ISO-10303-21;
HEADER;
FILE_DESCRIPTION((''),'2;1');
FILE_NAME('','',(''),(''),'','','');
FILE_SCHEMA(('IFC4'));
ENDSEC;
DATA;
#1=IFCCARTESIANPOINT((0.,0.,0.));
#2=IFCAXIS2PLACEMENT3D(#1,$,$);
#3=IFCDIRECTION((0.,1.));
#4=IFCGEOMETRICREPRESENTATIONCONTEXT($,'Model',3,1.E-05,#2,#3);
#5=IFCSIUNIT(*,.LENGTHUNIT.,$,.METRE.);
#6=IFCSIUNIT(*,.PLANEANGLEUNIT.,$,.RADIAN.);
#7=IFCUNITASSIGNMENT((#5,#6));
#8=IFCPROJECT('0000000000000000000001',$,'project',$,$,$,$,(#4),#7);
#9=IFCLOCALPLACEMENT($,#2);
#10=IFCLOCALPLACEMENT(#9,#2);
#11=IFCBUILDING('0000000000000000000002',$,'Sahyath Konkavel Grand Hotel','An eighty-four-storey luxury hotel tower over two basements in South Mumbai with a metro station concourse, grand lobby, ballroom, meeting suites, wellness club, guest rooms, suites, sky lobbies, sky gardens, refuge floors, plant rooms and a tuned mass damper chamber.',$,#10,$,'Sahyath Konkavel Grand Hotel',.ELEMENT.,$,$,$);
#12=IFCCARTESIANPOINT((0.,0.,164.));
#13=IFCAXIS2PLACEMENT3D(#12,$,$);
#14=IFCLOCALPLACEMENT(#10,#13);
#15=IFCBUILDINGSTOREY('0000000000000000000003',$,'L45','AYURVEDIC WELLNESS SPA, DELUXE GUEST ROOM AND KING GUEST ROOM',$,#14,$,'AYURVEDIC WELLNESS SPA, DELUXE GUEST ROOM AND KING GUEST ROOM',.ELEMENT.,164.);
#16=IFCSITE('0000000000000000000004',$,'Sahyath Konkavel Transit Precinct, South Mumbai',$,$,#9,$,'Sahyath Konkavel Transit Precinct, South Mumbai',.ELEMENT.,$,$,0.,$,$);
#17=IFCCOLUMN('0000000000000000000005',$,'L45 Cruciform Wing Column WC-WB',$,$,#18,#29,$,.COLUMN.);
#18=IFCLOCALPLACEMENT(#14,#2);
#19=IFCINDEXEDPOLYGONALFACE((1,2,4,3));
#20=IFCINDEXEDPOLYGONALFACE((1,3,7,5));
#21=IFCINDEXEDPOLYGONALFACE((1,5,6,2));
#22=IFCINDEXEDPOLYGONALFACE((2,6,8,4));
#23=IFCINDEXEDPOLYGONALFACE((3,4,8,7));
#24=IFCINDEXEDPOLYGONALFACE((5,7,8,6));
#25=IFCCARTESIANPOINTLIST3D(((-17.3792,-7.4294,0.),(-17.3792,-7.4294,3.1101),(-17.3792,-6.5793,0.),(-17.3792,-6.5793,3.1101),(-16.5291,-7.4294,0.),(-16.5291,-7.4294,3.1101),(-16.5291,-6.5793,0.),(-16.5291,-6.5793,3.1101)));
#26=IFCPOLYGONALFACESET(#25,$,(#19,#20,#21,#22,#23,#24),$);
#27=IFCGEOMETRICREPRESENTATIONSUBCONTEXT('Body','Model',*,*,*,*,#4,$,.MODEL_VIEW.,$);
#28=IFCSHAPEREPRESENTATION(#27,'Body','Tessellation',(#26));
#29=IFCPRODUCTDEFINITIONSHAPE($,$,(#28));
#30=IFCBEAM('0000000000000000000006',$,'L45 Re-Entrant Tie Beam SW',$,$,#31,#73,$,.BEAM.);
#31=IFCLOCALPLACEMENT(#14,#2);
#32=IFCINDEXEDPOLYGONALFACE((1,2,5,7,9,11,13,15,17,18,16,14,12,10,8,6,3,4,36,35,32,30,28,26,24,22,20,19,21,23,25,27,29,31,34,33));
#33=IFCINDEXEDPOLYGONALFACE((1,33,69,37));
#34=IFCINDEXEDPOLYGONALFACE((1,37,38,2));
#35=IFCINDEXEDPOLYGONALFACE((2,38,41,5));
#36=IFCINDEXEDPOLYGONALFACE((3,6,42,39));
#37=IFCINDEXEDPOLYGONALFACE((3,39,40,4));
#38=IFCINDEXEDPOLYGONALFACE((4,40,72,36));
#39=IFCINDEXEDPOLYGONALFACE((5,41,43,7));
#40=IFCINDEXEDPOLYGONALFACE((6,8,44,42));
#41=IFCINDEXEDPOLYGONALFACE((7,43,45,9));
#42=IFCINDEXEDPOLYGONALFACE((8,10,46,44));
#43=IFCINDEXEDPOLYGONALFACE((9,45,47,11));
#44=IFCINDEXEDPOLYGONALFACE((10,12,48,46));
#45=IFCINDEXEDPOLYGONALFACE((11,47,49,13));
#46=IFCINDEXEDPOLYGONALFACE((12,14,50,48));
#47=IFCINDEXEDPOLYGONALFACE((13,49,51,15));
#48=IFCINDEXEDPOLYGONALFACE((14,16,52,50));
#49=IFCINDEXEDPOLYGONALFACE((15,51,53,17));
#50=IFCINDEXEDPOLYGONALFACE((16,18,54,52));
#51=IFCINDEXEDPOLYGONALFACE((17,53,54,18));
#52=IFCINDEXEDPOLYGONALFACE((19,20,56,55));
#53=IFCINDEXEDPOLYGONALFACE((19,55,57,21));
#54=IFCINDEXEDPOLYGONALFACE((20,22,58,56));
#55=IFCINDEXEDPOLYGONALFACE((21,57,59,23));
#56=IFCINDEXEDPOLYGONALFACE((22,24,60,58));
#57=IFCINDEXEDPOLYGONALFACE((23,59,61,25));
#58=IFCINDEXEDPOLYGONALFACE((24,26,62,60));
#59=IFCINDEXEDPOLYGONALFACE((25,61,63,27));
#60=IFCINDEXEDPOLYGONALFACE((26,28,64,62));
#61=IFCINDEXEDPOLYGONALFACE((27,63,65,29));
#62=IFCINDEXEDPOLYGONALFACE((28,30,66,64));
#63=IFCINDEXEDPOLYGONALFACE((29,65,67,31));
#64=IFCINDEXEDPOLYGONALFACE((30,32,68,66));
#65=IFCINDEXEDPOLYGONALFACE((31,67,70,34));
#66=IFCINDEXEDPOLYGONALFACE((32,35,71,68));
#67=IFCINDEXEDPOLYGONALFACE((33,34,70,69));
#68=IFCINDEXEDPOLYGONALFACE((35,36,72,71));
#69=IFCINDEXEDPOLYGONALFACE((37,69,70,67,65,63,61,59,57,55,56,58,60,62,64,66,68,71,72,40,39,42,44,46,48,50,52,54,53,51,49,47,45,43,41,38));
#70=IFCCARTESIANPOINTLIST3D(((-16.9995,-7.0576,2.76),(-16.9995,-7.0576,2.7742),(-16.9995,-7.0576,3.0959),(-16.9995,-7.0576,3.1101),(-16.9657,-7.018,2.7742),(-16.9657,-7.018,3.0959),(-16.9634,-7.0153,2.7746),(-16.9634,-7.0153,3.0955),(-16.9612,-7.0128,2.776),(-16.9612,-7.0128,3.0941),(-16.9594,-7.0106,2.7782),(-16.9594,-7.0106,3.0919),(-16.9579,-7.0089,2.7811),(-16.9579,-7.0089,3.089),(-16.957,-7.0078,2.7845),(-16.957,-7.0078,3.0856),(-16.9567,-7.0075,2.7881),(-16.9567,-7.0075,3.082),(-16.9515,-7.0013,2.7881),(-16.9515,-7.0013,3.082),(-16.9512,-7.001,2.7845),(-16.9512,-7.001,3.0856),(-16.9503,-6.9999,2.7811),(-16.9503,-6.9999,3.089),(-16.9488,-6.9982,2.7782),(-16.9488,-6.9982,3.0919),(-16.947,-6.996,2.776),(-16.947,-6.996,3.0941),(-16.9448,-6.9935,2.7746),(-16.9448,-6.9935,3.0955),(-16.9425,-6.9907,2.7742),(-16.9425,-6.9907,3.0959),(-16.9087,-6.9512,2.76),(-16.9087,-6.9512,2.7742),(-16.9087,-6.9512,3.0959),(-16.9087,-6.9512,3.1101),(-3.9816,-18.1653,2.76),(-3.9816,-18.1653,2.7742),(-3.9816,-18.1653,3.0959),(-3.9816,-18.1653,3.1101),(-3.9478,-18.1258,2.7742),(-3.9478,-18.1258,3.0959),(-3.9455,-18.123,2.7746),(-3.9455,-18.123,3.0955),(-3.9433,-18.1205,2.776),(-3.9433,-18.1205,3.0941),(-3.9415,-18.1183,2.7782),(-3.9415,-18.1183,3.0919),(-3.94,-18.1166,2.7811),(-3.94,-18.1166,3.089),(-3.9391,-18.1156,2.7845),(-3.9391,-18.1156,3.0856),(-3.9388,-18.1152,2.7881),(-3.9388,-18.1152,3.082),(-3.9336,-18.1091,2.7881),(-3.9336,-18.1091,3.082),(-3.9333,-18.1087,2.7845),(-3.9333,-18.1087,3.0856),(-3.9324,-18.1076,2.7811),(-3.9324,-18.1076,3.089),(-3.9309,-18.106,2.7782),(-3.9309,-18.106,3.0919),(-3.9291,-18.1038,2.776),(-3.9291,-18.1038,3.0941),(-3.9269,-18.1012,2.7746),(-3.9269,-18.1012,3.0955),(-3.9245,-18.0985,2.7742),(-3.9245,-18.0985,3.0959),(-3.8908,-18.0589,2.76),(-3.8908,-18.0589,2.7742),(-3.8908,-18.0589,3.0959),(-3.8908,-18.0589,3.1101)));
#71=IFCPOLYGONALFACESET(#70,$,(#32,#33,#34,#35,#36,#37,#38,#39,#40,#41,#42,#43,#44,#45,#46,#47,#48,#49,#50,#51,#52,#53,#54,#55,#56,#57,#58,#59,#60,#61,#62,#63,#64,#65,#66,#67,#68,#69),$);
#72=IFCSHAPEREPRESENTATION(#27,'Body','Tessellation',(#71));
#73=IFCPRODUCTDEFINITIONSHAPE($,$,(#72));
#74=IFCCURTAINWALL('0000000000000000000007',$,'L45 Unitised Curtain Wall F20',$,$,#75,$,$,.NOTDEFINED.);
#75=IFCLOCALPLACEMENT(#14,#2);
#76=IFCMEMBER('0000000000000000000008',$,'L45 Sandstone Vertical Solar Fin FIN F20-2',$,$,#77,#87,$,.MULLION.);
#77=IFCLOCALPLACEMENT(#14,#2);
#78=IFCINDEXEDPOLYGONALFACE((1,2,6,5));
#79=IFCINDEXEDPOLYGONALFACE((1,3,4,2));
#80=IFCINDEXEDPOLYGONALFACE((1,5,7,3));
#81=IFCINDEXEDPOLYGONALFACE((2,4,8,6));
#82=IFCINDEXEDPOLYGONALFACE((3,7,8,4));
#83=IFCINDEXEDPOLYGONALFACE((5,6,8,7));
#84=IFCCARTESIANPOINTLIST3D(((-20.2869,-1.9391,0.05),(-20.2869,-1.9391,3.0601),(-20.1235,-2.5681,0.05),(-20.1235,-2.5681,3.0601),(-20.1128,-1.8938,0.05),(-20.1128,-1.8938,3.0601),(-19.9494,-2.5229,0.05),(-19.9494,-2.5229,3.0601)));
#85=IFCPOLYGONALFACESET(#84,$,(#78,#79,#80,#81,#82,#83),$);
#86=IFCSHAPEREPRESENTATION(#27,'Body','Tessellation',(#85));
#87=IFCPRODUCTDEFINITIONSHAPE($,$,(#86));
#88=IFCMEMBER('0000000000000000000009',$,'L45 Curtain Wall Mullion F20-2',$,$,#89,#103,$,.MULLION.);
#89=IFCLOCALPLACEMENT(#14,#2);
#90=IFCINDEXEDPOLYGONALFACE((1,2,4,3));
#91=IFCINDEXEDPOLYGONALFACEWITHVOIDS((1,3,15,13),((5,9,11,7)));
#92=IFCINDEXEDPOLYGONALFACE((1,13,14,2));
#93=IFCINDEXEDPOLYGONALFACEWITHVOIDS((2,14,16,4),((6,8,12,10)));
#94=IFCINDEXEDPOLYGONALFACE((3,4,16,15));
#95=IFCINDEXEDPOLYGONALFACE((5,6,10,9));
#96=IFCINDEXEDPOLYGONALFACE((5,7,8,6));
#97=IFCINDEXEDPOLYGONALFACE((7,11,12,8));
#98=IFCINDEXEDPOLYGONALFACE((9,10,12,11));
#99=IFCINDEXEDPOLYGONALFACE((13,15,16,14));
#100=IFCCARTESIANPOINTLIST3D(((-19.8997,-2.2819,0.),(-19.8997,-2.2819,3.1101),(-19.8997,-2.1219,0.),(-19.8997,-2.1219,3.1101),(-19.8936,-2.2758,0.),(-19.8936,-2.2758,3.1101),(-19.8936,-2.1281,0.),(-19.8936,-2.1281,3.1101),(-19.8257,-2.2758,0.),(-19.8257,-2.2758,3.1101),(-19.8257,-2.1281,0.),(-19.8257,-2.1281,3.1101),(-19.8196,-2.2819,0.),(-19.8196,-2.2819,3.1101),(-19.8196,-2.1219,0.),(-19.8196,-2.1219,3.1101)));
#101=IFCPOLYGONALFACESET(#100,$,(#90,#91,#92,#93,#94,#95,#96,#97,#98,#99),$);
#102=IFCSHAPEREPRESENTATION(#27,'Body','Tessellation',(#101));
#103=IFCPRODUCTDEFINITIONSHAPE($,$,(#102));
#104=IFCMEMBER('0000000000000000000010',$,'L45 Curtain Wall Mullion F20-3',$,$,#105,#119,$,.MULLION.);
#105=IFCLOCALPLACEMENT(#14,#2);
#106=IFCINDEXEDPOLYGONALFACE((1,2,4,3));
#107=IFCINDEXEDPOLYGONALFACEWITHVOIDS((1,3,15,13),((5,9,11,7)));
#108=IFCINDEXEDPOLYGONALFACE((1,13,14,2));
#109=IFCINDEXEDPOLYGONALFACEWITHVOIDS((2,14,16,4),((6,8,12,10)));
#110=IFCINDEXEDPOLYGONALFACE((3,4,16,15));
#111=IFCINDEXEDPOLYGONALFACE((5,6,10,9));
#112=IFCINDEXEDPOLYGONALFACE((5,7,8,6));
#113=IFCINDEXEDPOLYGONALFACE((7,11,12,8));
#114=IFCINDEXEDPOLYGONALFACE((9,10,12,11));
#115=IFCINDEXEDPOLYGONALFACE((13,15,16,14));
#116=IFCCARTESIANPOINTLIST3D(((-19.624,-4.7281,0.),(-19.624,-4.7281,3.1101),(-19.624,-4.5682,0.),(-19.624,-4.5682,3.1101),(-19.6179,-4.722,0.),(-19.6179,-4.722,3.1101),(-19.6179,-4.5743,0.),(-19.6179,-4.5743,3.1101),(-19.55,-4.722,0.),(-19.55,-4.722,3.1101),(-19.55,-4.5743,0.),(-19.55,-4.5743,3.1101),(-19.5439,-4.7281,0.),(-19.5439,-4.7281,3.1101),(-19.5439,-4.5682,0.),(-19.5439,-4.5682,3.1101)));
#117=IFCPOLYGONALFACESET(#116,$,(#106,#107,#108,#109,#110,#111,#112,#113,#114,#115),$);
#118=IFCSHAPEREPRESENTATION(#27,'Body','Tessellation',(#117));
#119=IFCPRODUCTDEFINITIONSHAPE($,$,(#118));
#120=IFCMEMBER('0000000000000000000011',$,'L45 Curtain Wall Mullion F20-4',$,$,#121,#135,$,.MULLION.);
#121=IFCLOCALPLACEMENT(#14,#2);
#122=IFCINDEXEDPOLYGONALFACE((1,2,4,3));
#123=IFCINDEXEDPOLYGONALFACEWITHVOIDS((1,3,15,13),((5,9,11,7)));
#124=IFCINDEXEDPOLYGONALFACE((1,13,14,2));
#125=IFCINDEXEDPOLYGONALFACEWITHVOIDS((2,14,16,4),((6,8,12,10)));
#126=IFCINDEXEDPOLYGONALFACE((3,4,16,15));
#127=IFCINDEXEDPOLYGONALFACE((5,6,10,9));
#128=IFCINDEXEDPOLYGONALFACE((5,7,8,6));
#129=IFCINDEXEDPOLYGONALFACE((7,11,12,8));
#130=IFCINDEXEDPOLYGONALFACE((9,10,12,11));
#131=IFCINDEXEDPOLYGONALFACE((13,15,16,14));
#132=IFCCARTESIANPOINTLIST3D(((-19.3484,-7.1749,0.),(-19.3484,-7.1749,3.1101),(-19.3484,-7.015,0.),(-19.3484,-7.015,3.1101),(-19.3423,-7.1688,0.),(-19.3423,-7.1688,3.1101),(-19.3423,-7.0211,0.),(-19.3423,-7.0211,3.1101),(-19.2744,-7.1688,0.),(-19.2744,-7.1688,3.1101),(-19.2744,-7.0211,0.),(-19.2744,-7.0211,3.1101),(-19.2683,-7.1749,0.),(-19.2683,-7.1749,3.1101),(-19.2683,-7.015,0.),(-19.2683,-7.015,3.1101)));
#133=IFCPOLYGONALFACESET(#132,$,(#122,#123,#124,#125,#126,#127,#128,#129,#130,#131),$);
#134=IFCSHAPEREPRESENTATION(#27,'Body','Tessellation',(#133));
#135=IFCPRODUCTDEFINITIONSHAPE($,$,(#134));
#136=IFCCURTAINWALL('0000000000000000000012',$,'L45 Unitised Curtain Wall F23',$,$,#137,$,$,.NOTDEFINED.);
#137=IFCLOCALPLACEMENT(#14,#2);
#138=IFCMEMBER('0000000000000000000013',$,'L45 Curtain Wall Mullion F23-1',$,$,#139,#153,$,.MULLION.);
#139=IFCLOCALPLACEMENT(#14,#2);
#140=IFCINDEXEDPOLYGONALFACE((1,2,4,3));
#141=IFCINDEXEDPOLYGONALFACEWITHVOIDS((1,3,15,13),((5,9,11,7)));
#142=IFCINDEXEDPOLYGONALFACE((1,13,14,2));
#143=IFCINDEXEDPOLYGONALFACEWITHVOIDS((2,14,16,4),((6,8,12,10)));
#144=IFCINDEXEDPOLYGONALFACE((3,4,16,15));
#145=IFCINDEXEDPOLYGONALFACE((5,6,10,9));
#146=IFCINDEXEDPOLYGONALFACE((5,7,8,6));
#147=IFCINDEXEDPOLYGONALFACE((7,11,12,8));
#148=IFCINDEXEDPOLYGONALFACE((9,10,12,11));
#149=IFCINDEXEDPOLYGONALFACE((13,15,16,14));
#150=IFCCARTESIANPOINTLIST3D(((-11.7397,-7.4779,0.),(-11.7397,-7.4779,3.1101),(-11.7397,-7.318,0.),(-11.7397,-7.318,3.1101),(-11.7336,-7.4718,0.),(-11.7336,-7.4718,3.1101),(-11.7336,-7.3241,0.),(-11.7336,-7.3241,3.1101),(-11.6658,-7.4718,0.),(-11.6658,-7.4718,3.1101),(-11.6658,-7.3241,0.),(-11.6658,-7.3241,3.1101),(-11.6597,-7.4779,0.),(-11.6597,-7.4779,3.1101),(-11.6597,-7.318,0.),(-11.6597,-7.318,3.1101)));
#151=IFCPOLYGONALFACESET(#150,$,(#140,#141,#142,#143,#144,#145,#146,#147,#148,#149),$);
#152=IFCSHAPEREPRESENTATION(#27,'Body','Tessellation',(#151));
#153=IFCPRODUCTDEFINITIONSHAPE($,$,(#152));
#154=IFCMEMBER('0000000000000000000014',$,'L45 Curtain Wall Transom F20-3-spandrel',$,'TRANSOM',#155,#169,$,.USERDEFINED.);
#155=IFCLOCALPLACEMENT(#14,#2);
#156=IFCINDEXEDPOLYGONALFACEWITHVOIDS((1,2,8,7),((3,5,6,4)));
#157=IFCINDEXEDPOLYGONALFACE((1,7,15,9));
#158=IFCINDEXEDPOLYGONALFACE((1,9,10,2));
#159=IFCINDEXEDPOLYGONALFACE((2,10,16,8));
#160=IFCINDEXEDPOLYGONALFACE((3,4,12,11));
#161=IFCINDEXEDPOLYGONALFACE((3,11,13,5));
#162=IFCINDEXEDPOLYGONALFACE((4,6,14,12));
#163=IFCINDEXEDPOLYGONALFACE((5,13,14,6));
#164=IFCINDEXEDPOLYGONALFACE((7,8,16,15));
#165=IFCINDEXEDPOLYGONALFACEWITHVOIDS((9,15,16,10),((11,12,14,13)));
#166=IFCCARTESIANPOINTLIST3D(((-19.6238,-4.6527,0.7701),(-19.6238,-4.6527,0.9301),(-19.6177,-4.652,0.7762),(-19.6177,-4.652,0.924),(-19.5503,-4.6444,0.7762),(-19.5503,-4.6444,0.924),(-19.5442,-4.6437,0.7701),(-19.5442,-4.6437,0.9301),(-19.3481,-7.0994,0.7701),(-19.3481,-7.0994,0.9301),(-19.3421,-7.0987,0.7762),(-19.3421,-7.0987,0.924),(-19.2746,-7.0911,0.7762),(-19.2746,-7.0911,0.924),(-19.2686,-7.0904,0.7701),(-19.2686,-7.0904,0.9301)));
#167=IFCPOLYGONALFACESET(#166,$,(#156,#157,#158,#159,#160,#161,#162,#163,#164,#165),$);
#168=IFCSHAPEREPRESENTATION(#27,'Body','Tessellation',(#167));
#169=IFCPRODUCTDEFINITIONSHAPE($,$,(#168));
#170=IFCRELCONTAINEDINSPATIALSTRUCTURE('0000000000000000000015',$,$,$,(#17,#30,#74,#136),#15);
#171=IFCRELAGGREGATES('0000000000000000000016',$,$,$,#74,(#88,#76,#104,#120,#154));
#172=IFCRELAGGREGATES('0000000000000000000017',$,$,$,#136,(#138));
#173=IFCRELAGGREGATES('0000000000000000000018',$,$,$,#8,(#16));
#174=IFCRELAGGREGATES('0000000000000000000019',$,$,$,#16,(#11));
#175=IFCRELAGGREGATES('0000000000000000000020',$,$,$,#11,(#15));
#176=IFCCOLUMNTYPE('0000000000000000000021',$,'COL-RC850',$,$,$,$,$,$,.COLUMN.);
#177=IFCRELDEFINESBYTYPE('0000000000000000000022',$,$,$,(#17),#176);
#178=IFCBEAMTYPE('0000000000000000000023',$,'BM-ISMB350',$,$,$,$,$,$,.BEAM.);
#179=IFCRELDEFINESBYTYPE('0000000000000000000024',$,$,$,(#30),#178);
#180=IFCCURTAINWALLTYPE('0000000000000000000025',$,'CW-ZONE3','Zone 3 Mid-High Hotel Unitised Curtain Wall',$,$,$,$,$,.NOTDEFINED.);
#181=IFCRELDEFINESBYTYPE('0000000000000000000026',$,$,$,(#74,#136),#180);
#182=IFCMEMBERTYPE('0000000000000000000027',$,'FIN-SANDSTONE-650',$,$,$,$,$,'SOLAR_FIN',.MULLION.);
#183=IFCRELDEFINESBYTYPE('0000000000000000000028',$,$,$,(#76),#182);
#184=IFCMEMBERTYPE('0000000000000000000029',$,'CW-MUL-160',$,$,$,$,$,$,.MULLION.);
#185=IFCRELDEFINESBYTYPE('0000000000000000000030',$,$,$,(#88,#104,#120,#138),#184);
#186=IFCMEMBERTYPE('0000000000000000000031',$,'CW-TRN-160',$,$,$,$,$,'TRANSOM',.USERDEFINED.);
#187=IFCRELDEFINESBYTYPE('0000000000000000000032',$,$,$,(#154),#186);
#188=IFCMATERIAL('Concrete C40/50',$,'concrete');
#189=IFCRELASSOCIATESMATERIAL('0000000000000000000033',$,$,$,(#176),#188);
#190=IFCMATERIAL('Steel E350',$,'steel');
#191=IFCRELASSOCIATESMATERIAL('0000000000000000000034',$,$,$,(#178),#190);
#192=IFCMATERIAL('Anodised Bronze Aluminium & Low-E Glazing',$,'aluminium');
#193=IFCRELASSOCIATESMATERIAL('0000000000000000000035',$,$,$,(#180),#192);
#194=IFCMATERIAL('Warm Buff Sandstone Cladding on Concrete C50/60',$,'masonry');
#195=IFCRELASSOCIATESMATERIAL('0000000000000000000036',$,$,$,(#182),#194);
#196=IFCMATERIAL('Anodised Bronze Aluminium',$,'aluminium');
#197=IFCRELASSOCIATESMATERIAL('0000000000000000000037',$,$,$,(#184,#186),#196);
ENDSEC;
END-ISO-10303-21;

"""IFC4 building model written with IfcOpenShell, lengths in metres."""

from ifc_helpers import new_model, si_unit, direction, frame, origin, origin_2d, place, context, subcontext, project, spatial, rectangle, hollow_rectangle, i_section, extrude, source, transform, mapped, material, material_profile, profile_set, type_object, element, aggregate, save


model = new_model("IFC4")

# Units and contexts
model_context = context("Model", 3, precision=1e-05, world=origin(), true_north=direction((0.0, 1.0)))
body_context = subcontext(model_context, "Body", "Model", "MODEL_VIEW")
ifc_project = project(units=[si_unit("LENGTHUNIT", "METRE"), si_unit("PLANEANGLEUNIT", "RADIAN")], contexts=[model_context])

# Site, building, storey
site_placement = place(None, origin())
site = spatial("IfcSite", under=ifc_project, at=site_placement, Name="Sahyath Konkavel Transit Precinct, South Mumbai", LongName="Sahyath Konkavel Transit Precinct, South Mumbai", CompositionType="ELEMENT", RefElevation=0.0)
building_placement = place(site_placement, origin())
building = spatial("IfcBuilding", under=site, at=building_placement, Name="Sahyath Konkavel Grand Hotel", Description="An eighty-four-storey luxury hotel tower over two basements in South Mumbai with a metro station concourse, grand lobby, ballroom, meeting suites, wellness club, guest rooms, suites, sky lobbies, sky gardens, refuge floors, plant rooms and a tuned mass damper chamber.", LongName="Sahyath Konkavel Grand Hotel", CompositionType="ELEMENT")
storey_placement = place(building_placement, frame((0.0, 0.0, 164.0)))
storey = spatial("IfcBuildingStorey", under=building, at=storey_placement, Name="L45", Description="AYURVEDIC WELLNESS SPA, DELUXE GUEST ROOM AND KING GUEST ROOM", LongName="AYURVEDIC WELLNESS SPA, DELUXE GUEST ROOM AND KING GUEST ROOM", CompositionType="ELEMENT", Elevation=164.0)

# Column
ifc_material_1 = material(Name="Concrete C40/50", Category="concrete")
ifc_material_profile_1 = material_profile(ifc_material_1, rectangle(XDim=0.8501, YDim=0.8501, at=origin_2d()), Name="RC 850x850")
ifc_profile_set_1 = profile_set([ifc_material_profile_1], Name="Concrete C40/50")
column_type = type_object("IfcColumnType", Name="COL-RC850", PredefinedType="COLUMN", material=ifc_profile_set_1)
shared_shape_1 = source(origin(), body_context, "Body", "SweptSolid", [
    extrude(rectangle(XDim=0.8501, YDim=0.8501, at=origin_2d()), origin(), (0.0, 0.0, 1.0), 3.1101),
])
column_placement = place(storey_placement, frame((-16.9541, -7.0044, 0.0), z_axis=(0.0, 0.0, 1.0), x_axis=(1.0, 0.0, 0.0)))
element("IfcColumn", 1, at=column_placement, inside=storey, type_object=column_type, Name="L45 Cruciform Wing Column WC-WB", PredefinedType="COLUMN", context=body_context, shape_type="MappedRepresentation", body=[
    mapped(shared_shape_1, transform((0.0, 0.0, 0.0), scale=1.0)),
])

# Beam
ifc_material_2 = material(Name="Steel E350", Category="steel")
ifc_material_profile_2 = material_profile(ifc_material_2, i_section(OverallWidth=0.1399, OverallDepth=0.3501, WebThickness=0.0081, FlangeThickness=0.0142, FilletRadius=0.0139, at=origin_2d()), Name="ISMB 350")
ifc_profile_set_2 = profile_set([ifc_material_profile_2], Name="Steel E350")
beam_type_1 = type_object("IfcBeamType", Name="BM-ISMB350", PredefinedType="BEAM", material=ifc_profile_set_2)
shared_shape_2 = source(origin(), body_context, "Body", "SweptSolid", [
    extrude(i_section(OverallWidth=0.1399, OverallDepth=0.3501, WebThickness=0.0081, FlangeThickness=0.0142, FilletRadius=0.0139, at=origin_2d()), origin(), (0.0, 0.0, 1.0), 17.1128),
])
beam_1_placement = place(storey_placement, frame((-16.9541, -7.0044, 2.9351), z_axis=(0.760712, -0.64909, 0.0), x_axis=(0.64909, 0.760712, 0.0)))
element("IfcBeam", 2, at=beam_1_placement, inside=storey, type_object=beam_type_1, Name="L45 Re-Entrant Tie Beam SW", PredefinedType="BEAM", context=body_context, shape_type="MappedRepresentation", body=[
    mapped(shared_shape_2, transform((0.0, 0.0, 0.0), scale=1.0)),
])

# Curtain wall, members
ifc_material_3 = material(Name="Anodised Bronze Aluminium & Low-E Glazing", Category="aluminium")
curtain_wall_type = type_object("IfcCurtainWallType", Name="CW-ZONE3", Description="Zone 3 Mid-High Hotel Unitised Curtain Wall", PredefinedType="NOTDEFINED", material=ifc_material_3)
curtain_wall_1_placement = place(storey_placement, origin())
curtain_wall_1 = element("IfcCurtainWall", 3, at=curtain_wall_1_placement, inside=storey, type_object=curtain_wall_type, Name="L45 Unitised Curtain Wall F20", PredefinedType="NOTDEFINED")
ifc_material_4 = material(Name="Warm Buff Sandstone Cladding on Concrete C50/60", Category="masonry")
ifc_material_profile_3 = material_profile(ifc_material_4, rectangle(XDim=0.1799, YDim=0.6499, at=origin_2d()), Name="FIN 180x650")
ifc_profile_set_3 = profile_set([ifc_material_profile_3], Name="Warm Buff Sandstone Cladding on Concrete C50/60")
member_type_1 = type_object("IfcMemberType", Name="FIN-SANDSTONE-650", ElementType="SOLAR_FIN", PredefinedType="MULLION", material=ifc_profile_set_3)
shared_shape_3 = source(origin(), body_context, "Body", "SweptSolid", [
    extrude(rectangle(XDim=0.1799, YDim=0.6499, at=origin_2d()), origin(), (0.0, 0.0, 1.0), 3.01),
])
member_1_placement = place(storey_placement, frame((-20.1182, -2.231, 0.05), z_axis=(0.0, 0.0, 1.0), x_axis=(0.967885, 0.251394, 0.0)))
member_1 = element("IfcMember", 4, at=member_1_placement, type_object=member_type_1, Name="L45 Sandstone Vertical Solar Fin FIN F20-2", PredefinedType="MULLION", context=body_context, shape_type="MappedRepresentation", body=[
    mapped(shared_shape_3, transform((0.0, 0.0, 0.0), scale=1.0)),
])
ifc_material_5 = material(Name="Anodised Bronze Aluminium", Category="aluminium")
ifc_material_profile_4 = material_profile(ifc_material_5, hollow_rectangle(XDim=0.0801, YDim=0.1599, WallThickness=0.0061, at=origin_2d()), Name="RHS 160x80x6")
ifc_profile_set_4 = profile_set([ifc_material_profile_4], Name="Anodised Bronze Aluminium")
member_type_2 = type_object("IfcMemberType", Name="CW-MUL-160", PredefinedType="MULLION", material=ifc_profile_set_4)
shared_shape_4 = source(origin(), body_context, "Body", "SweptSolid", [
    extrude(hollow_rectangle(XDim=0.0801, YDim=0.1599, WallThickness=0.0061, at=origin_2d()), origin(), (0.0, 0.0, 1.0), 3.1101),
])
member_2_placement = place(storey_placement, frame((-19.8596, -2.2019, 0.0), z_axis=(0.0, 0.0, 1.0), x_axis=(1.0, 0.0, 0.0)))
member_2 = element("IfcMember", 5, at=member_2_placement, type_object=member_type_2, Name="L45 Curtain Wall Mullion F20-2", PredefinedType="MULLION", context=body_context, shape_type="MappedRepresentation", body=[
    mapped(shared_shape_4, transform((0.0, 0.0, 0.0), scale=1.0)),
])
member_3_placement = place(storey_placement, frame((-19.584, -4.6482, 0.0), z_axis=(0.0, 0.0, 1.0), x_axis=(1.0, 0.0, 0.0)))
member_3 = element("IfcMember", 6, at=member_3_placement, type_object=member_type_2, Name="L45 Curtain Wall Mullion F20-3", PredefinedType="MULLION", context=body_context, shape_type="MappedRepresentation", body=[
    mapped(shared_shape_4, transform((0.0, 0.0, 0.0), scale=1.0)),
])
member_4_placement = place(storey_placement, frame((-19.3083, -7.095, 0.0), z_axis=(0.0, 0.0, 1.0), x_axis=(1.0, 0.0, 0.0)))
member_4 = element("IfcMember", 7, at=member_4_placement, type_object=member_type_2, Name="L45 Curtain Wall Mullion F20-4", PredefinedType="MULLION", context=body_context, shape_type="MappedRepresentation", body=[
    mapped(shared_shape_4, transform((0.0, 0.0, 0.0), scale=1.0)),
])

# Curtain wall, member
curtain_wall_2_placement = place(storey_placement, origin())
curtain_wall_2 = element("IfcCurtainWall", 8, at=curtain_wall_2_placement, inside=storey, type_object=curtain_wall_type, Name="L45 Unitised Curtain Wall F23", PredefinedType="NOTDEFINED")
member_5_placement = place(storey_placement, frame((-11.6997, -7.3979, 0.0), z_axis=(0.0, 0.0, 1.0), x_axis=(1.0, 0.0, 0.0)))
member_5 = element("IfcMember", 9, at=member_5_placement, type_object=member_type_2, Name="L45 Curtain Wall Mullion F23-1", PredefinedType="MULLION", context=body_context, shape_type="MappedRepresentation", body=[
    mapped(shared_shape_4, transform((0.0, 0.0, 0.0), scale=1.0)),
])

# Member
ifc_material_profile_5 = material_profile(ifc_material_5, hollow_rectangle(XDim=0.0801, YDim=0.1599, WallThickness=0.0061, at=origin_2d()), Name="RHS 160x80x6")
ifc_profile_set_5 = profile_set([ifc_material_profile_5], Name="Anodised Bronze Aluminium")
member_type_3 = type_object("IfcMemberType", Name="CW-TRN-160", ElementType="TRANSOM", PredefinedType="USERDEFINED", material=ifc_profile_set_5)
shared_shape_5 = source(origin(), body_context, "Body", "SweptSolid", [
    extrude(hollow_rectangle(XDim=0.0801, YDim=0.1599, WallThickness=0.0061, at=origin_2d()), origin(), (0.0, 0.0, 1.0), 2.4622),
])
member_6_placement = place(storey_placement, frame((-19.584, -4.6482, 0.8501), z_axis=(0.111944, -0.993715, 0.0), x_axis=(0.993715, 0.111944, 0.0)))
member_6 = element("IfcMember", 10, at=member_6_placement, type_object=member_type_3, Name="L45 Curtain Wall Transom F20-3-spandrel", ObjectType="TRANSOM", PredefinedType="USERDEFINED", context=body_context, shape_type="MappedRepresentation", body=[
    mapped(shared_shape_5, transform((0.0, 0.0, 0.0), scale=1.0)),
])

aggregate(curtain_wall_1, [member_2, member_1, member_3, member_4, member_6])
aggregate(curtain_wall_2, [member_5])

save(model, "model.ifc")
